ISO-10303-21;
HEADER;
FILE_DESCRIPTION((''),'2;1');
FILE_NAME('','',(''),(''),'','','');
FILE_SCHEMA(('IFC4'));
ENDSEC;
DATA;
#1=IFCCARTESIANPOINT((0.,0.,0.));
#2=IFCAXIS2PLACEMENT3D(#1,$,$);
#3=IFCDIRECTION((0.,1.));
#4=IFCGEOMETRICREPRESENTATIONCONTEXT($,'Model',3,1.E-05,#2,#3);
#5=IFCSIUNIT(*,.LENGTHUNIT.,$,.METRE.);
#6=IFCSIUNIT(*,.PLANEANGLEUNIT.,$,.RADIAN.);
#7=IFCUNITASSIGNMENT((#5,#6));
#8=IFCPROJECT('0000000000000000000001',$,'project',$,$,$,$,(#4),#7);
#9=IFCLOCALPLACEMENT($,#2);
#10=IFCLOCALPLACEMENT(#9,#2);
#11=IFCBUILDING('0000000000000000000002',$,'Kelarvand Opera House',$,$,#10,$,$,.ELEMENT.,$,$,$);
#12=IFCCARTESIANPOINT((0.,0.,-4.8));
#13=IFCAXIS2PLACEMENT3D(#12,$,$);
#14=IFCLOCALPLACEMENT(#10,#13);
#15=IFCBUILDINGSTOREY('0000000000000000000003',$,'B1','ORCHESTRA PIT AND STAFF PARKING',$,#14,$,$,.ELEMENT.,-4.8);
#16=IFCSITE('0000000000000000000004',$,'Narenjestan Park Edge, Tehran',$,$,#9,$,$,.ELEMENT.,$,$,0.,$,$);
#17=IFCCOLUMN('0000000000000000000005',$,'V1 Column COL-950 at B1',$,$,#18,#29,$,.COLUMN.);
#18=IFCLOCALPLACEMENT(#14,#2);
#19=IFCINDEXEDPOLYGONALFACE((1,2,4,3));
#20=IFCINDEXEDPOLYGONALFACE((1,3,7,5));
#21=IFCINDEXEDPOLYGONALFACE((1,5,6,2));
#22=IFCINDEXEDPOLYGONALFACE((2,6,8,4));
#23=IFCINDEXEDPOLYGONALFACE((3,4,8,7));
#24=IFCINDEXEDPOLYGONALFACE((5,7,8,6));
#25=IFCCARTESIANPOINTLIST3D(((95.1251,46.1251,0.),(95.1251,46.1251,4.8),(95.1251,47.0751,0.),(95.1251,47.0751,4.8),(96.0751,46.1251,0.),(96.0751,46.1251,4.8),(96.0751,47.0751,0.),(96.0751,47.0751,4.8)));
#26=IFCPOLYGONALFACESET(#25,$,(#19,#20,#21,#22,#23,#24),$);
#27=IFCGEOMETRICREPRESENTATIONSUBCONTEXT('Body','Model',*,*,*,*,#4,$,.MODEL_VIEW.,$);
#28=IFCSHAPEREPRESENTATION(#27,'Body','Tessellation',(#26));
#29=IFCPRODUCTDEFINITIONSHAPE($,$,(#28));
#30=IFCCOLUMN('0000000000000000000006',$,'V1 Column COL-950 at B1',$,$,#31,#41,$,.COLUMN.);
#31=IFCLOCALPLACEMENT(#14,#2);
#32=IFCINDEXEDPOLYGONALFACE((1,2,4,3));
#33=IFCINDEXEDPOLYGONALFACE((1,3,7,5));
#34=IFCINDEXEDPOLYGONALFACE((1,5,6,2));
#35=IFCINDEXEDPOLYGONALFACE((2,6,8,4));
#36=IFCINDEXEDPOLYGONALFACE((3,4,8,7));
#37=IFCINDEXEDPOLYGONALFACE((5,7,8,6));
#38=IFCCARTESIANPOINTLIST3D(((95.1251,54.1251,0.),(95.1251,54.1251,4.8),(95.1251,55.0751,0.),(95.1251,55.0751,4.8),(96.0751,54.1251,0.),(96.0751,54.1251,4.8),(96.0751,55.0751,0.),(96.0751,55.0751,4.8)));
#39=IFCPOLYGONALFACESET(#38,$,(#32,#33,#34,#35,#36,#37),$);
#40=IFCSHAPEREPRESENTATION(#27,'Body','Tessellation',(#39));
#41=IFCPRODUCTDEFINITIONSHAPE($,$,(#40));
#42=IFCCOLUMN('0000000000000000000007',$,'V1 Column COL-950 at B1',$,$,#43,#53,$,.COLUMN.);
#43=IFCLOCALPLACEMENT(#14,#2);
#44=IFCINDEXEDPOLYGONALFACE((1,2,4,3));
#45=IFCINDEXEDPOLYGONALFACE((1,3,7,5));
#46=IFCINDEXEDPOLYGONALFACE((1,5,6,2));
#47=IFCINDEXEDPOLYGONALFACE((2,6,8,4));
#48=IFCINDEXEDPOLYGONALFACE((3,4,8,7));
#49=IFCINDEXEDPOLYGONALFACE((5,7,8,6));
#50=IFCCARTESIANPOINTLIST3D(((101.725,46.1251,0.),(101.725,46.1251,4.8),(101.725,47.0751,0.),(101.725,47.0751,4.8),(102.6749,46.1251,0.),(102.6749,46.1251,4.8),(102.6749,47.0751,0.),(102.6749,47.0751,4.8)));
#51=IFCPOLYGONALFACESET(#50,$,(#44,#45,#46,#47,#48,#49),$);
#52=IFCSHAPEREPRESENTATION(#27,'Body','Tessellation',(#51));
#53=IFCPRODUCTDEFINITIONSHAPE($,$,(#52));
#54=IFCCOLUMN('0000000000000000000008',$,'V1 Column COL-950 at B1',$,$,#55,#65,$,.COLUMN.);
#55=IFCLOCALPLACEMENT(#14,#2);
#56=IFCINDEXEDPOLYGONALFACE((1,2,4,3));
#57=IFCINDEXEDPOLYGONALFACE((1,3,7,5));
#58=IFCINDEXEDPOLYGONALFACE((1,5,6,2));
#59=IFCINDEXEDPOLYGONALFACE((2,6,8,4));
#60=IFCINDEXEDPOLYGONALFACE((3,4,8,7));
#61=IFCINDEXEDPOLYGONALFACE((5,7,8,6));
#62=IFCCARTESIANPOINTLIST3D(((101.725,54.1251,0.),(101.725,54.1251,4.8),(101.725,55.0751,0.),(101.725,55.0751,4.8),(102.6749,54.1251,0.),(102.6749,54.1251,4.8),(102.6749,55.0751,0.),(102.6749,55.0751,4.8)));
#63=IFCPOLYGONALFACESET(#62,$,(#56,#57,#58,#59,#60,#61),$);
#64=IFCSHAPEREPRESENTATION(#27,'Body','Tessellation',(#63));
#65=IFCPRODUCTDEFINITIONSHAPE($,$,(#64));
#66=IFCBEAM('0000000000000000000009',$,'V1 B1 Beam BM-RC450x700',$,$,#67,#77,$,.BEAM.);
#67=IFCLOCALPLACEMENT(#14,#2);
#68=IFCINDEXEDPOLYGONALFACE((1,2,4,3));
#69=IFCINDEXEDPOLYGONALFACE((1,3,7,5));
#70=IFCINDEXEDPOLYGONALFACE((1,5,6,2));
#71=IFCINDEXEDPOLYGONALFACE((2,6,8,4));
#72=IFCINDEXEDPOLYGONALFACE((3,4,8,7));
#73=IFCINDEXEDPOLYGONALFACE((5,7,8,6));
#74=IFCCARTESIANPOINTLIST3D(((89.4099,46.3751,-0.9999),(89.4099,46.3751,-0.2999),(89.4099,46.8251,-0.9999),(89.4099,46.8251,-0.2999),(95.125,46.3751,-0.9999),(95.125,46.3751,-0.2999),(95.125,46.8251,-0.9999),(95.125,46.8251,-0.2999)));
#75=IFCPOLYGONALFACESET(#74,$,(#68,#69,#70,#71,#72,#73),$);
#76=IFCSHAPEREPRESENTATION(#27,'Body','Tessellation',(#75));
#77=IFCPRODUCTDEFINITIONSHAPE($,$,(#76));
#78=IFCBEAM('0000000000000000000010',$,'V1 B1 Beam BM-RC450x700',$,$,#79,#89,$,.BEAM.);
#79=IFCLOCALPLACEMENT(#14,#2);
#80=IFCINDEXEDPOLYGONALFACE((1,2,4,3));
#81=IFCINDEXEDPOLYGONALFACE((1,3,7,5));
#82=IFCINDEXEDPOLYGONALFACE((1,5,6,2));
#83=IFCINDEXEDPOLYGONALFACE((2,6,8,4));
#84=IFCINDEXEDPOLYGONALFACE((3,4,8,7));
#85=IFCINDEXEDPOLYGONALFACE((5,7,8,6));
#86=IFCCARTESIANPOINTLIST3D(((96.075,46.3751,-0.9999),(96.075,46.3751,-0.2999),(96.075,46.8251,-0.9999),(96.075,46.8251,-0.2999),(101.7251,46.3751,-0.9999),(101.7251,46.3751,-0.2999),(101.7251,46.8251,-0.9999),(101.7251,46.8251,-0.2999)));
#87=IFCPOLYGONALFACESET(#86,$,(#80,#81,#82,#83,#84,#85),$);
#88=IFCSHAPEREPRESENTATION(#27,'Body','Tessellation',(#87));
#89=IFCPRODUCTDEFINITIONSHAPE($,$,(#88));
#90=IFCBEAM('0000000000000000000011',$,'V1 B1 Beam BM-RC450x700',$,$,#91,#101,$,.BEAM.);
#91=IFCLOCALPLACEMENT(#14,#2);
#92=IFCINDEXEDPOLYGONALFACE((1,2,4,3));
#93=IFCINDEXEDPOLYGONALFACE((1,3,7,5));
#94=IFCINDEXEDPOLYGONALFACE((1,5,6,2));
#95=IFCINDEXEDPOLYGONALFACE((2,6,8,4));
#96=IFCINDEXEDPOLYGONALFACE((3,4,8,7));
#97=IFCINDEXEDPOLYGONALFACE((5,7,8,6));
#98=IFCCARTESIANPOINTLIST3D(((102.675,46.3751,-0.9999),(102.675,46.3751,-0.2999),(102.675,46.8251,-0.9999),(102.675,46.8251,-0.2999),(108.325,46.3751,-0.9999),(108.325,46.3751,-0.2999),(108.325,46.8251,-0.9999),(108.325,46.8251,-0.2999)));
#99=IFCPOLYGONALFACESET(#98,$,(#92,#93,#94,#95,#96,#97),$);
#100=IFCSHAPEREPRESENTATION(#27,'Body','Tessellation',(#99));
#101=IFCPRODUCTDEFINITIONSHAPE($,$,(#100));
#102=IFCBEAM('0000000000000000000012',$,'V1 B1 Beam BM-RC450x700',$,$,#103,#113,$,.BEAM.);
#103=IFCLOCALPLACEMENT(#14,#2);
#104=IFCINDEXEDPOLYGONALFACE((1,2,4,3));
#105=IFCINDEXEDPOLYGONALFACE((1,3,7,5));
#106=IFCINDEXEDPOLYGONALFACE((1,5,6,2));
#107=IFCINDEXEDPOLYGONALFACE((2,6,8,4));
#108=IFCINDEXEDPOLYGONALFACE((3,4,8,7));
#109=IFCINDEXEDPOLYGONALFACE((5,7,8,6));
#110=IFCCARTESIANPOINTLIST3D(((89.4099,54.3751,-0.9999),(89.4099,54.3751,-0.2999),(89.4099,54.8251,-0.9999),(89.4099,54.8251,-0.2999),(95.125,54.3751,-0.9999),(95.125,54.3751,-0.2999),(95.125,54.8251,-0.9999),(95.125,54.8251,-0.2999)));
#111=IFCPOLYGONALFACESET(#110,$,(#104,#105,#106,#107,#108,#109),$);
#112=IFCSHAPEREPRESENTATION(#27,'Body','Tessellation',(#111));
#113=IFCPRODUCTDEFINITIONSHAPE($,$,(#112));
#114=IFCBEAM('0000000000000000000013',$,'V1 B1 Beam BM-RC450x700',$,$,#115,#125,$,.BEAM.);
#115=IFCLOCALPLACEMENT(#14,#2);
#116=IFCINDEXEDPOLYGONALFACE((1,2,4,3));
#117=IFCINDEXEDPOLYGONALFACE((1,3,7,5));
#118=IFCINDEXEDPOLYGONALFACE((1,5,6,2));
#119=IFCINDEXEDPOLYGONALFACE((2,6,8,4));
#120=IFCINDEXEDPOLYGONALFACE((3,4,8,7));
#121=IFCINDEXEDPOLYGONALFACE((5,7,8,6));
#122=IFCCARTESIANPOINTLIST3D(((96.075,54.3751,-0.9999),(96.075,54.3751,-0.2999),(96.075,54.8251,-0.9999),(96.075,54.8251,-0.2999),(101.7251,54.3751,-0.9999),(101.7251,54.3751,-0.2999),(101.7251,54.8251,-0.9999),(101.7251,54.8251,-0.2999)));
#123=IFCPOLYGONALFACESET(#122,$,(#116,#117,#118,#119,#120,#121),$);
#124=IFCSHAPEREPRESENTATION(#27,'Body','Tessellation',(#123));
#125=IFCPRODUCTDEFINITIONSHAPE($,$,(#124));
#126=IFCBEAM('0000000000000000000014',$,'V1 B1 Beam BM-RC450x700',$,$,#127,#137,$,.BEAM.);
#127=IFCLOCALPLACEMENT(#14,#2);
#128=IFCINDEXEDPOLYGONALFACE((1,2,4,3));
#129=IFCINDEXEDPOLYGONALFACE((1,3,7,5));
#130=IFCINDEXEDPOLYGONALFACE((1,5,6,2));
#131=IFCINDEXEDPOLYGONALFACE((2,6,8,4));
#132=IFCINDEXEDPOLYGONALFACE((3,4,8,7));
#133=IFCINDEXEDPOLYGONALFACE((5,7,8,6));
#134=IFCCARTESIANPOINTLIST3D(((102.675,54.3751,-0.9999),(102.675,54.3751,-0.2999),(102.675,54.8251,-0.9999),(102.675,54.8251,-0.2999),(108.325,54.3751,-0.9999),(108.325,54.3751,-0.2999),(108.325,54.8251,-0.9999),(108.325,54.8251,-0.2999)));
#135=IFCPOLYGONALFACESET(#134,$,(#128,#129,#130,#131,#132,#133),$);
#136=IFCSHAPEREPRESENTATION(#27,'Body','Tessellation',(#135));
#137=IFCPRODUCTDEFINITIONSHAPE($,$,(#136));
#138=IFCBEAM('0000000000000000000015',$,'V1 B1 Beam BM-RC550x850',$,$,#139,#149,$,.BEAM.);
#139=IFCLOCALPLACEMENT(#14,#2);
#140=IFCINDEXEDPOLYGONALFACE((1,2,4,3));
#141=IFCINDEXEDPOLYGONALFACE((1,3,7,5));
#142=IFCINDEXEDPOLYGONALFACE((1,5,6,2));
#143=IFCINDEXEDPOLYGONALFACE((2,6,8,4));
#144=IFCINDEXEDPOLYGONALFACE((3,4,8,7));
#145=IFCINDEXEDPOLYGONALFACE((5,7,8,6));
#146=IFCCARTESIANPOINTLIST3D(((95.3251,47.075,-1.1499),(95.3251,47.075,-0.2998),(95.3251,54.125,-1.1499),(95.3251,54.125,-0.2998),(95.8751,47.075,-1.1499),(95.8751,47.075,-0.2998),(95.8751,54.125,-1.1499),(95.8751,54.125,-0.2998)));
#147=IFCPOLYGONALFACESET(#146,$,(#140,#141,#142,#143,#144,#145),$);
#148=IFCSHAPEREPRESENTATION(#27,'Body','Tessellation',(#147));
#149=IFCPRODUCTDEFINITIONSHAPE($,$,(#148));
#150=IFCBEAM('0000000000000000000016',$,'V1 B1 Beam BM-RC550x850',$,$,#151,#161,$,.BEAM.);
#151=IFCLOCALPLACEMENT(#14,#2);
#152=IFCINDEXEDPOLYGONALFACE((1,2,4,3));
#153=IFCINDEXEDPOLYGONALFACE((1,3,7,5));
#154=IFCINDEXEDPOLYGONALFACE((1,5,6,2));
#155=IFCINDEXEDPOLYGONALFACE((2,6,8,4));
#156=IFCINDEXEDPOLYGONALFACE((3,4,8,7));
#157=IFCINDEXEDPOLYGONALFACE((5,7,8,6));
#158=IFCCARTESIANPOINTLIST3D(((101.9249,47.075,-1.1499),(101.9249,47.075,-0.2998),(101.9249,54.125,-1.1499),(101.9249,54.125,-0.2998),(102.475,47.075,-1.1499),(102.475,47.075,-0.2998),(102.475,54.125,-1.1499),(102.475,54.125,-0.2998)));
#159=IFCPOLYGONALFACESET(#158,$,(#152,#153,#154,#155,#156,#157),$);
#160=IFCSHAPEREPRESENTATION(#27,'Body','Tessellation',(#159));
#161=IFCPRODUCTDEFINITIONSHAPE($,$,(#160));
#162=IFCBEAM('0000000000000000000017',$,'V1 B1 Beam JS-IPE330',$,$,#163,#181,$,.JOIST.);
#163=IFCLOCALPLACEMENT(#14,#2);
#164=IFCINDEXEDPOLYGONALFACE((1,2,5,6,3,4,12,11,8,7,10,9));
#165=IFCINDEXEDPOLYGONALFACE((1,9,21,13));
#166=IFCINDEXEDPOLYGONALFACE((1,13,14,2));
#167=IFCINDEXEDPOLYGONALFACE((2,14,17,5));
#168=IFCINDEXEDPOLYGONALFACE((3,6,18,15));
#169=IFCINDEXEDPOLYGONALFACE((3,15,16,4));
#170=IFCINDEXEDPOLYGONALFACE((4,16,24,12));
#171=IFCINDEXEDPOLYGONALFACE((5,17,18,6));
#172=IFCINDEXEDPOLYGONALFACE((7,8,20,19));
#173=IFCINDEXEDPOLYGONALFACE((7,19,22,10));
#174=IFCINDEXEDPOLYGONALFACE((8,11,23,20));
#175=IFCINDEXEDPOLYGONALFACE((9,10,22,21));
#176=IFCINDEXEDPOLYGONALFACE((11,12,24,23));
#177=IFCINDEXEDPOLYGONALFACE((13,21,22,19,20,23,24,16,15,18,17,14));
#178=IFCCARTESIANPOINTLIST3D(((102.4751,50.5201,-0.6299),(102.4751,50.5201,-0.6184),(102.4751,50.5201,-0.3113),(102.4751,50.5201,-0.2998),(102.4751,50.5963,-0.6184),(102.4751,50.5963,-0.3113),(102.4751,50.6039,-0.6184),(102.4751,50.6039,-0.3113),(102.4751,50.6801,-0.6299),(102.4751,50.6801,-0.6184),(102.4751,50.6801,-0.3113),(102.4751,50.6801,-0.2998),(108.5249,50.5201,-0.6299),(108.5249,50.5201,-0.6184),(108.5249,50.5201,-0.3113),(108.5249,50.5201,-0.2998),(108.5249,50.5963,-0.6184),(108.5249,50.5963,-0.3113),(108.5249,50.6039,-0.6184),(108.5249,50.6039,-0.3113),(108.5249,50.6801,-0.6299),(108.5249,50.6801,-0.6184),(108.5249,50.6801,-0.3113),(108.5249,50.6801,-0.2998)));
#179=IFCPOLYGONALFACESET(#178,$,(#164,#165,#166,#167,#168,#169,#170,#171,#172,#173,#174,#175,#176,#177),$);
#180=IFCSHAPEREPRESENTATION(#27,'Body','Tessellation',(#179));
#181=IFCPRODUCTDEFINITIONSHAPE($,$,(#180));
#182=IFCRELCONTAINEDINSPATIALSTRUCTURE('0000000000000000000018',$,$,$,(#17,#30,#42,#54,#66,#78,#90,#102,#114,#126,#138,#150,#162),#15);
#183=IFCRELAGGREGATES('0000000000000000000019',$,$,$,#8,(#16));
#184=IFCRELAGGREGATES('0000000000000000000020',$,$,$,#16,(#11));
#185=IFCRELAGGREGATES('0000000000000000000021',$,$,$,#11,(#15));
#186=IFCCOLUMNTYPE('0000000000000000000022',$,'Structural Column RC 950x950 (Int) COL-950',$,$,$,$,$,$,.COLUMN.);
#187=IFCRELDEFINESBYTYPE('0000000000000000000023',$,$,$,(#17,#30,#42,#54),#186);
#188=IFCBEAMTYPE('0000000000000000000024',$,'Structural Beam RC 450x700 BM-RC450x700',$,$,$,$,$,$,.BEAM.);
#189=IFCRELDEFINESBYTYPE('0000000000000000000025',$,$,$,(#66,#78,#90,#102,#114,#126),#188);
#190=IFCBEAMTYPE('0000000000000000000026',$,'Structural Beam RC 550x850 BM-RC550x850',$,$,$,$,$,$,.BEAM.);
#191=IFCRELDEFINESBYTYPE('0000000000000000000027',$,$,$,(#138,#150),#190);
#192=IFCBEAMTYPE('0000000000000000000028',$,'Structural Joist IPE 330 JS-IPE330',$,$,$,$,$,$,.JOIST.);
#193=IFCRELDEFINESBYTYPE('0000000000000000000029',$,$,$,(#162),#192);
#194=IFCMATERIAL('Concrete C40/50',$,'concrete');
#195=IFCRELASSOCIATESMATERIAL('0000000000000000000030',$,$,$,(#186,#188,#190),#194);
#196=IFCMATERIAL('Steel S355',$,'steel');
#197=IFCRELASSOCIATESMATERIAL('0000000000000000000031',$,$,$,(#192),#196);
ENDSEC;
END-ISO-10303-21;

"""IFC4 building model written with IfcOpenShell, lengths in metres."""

from ifc_helpers import new_model, si_unit, direction, frame, origin, origin_2d, place, context, subcontext, project, spatial, rectangle, i_section, extrude, material, material_profile, profile_set, type_object, element, save


model = new_model("IFC4")

# Units and contexts
model_context = context("Model", 3, precision=1e-05, world=origin(), true_north=direction((0.0, 1.0)))
body_context = subcontext(model_context, "Body", "Model", "MODEL_VIEW")
ifc_project = project(units=[si_unit("LENGTHUNIT", "METRE"), si_unit("PLANEANGLEUNIT", "RADIAN")], contexts=[model_context])

# Site, building, storey
site_placement = place(None, origin())
site = spatial("IfcSite", under=ifc_project, at=site_placement, Name="Narenjestan Park Edge, Tehran", CompositionType="ELEMENT", RefElevation=0.0)
building_placement = place(site_placement, origin())
building = spatial("IfcBuilding", under=site, at=building_placement, Name="Kelarvand Opera House", CompositionType="ELEMENT")
storey_placement = place(building_placement, frame((0.0, 0.0, -4.8)))
storey = spatial("IfcBuildingStorey", under=building, at=storey_placement, Name="B1", Description="ORCHESTRA PIT AND STAFF PARKING", CompositionType="ELEMENT", Elevation=-4.8)

# Columns
ifc_material_1 = material(Name="Concrete C40/50", Category="concrete")
ifc_material_profile_1 = material_profile(ifc_material_1, rectangle(XDim=0.95, YDim=0.95, at=origin_2d()), Name="RC 950x950", Category="concrete")
ifc_profile_set_1 = profile_set([ifc_material_profile_1], Name="Concrete C40/50")
column_type = type_object("IfcColumnType", Name="Structural Column RC 950x950 (Int) COL-950", PredefinedType="COLUMN", material=ifc_profile_set_1)
for number, where, z_axis, x_axis, name in (
    (1, (95.6001, 46.6001, 0.0), (0.0, 0.0, 1.0), (1.0, 0.0, 0.0), "V1 Column COL-950 at B1"),
    (2, (95.6001, 54.6001, 0.0), (0.0, 0.0, 1.0), (1.0, 0.0, 0.0), "V1 Column COL-950 at B1"),
    (3, (102.2, 46.6001, 0.0), (0.0, 0.0, 1.0), (1.0, 0.0, 0.0), "V1 Column COL-950 at B1"),
    (4, (102.2, 54.6001, 0.0), (0.0, 0.0, 1.0), (1.0, 0.0, 0.0), "V1 Column COL-950 at B1"),
):
    element("IfcColumn", number, at=place(storey_placement, frame(where, z_axis=z_axis, x_axis=x_axis)), inside=storey, type_object=column_type, Name=name, PredefinedType="COLUMN", context=body_context, shape_type="SweptSolid", body=[
        extrude(rectangle(XDim=0.95, YDim=0.95, at=origin_2d()), origin(), (0.0, 0.0, 1.0), 4.8),
    ])

# Beams
ifc_material_profile_2 = material_profile(ifc_material_1, rectangle(XDim=0.45, YDim=0.7, at=origin_2d()), Name="RC 450x700", Category="concrete")
ifc_profile_set_2 = profile_set([ifc_material_profile_2], Name="Concrete C40/50")
beam_type_1 = type_object("IfcBeamType", Name="Structural Beam RC 450x700 BM-RC450x700", PredefinedType="BEAM", material=ifc_profile_set_2)
beam_1_placement = place(storey_placement, frame((89.4099, 46.6001, -0.6499), z_axis=(1.0, 0.0, 0.0), x_axis=(0.0, 1.0, 0.0)))
element("IfcBeam", 5, at=beam_1_placement, inside=storey, type_object=beam_type_1, Name="V1 B1 Beam BM-RC450x700", PredefinedType="BEAM", context=body_context, shape_type="SweptSolid", body=[
    extrude(rectangle(XDim=0.45, YDim=0.7, at=origin_2d()), origin(), (0.0, 0.0, 1.0), 5.7151),
])
beam_2_placement = place(storey_placement, frame((96.075, 46.6001, -0.6499), z_axis=(1.0, 0.0, 0.0), x_axis=(0.0, 1.0, 0.0)))
element("IfcBeam", 6, at=beam_2_placement, inside=storey, type_object=beam_type_1, Name="V1 B1 Beam BM-RC450x700", PredefinedType="BEAM", context=body_context, shape_type="SweptSolid", body=[
    extrude(rectangle(XDim=0.45, YDim=0.7, at=origin_2d()), origin(), (0.0, 0.0, 1.0), 5.6501),
])
beam_3_placement = place(storey_placement, frame((102.675, 46.6001, -0.6499), z_axis=(1.0, 0.0, 0.0), x_axis=(0.0, 1.0, 0.0)))
element("IfcBeam", 7, at=beam_3_placement, inside=storey, type_object=beam_type_1, Name="V1 B1 Beam BM-RC450x700", PredefinedType="BEAM", context=body_context, shape_type="SweptSolid", body=[
    extrude(rectangle(XDim=0.45, YDim=0.7, at=origin_2d()), origin(), (0.0, 0.0, 1.0), 5.6499),
])
beam_4_placement = place(storey_placement, frame((89.4099, 54.6001, -0.6499), z_axis=(1.0, 0.0, 0.0), x_axis=(0.0, 1.0, 0.0)))
element("IfcBeam", 8, at=beam_4_placement, inside=storey, type_object=beam_type_1, Name="V1 B1 Beam BM-RC450x700", PredefinedType="BEAM", context=body_context, shape_type="SweptSolid", body=[
    extrude(rectangle(XDim=0.45, YDim=0.7, at=origin_2d()), origin(), (0.0, 0.0, 1.0), 5.7151),
])
beam_5_placement = place(storey_placement, frame((96.075, 54.6001, -0.6499), z_axis=(1.0, 0.0, 0.0), x_axis=(0.0, 1.0, 0.0)))
element("IfcBeam", 9, at=beam_5_placement, inside=storey, type_object=beam_type_1, Name="V1 B1 Beam BM-RC450x700", PredefinedType="BEAM", context=body_context, shape_type="SweptSolid", body=[
    extrude(rectangle(XDim=0.45, YDim=0.7, at=origin_2d()), origin(), (0.0, 0.0, 1.0), 5.6501),
])
beam_6_placement = place(storey_placement, frame((102.675, 54.6001, -0.6499), z_axis=(1.0, 0.0, 0.0), x_axis=(0.0, 1.0, 0.0)))
element("IfcBeam", 10, at=beam_6_placement, inside=storey, type_object=beam_type_1, Name="V1 B1 Beam BM-RC450x700", PredefinedType="BEAM", context=body_context, shape_type="SweptSolid", body=[
    extrude(rectangle(XDim=0.45, YDim=0.7, at=origin_2d()), origin(), (0.0, 0.0, 1.0), 5.6499),
])
ifc_material_profile_3 = material_profile(ifc_material_1, rectangle(XDim=0.55, YDim=0.8501, at=origin_2d()), Name="RC 550x850", Category="concrete")
ifc_profile_set_3 = profile_set([ifc_material_profile_3], Name="Concrete C40/50")
beam_type_2 = type_object("IfcBeamType", Name="Structural Beam RC 550x850 BM-RC550x850", PredefinedType="BEAM", material=ifc_profile_set_3)
for number, where, z_axis, x_axis, name in (
    (11, (95.6001, 47.075, -0.7249), (0.0, 1.0, 0.0), (-1.0, 0.0, 0.0), "V1 B1 Beam BM-RC550x850"),
    (12, (102.2, 47.075, -0.7249), (0.0, 1.0, 0.0), (-1.0, 0.0, 0.0), "V1 B1 Beam BM-RC550x850"),
):
    element("IfcBeam", number, at=place(storey_placement, frame(where, z_axis=z_axis, x_axis=x_axis)), inside=storey, type_object=beam_type_2, Name=name, PredefinedType="BEAM", context=body_context, shape_type="SweptSolid", body=[
        extrude(rectangle(XDim=0.55, YDim=0.8501, at=origin_2d()), origin(), (0.0, 0.0, 1.0), 7.05),
    ])
ifc_material_2 = material(Name="Steel S355", Category="steel")
ifc_material_profile_4 = material_profile(ifc_material_2, i_section(OverallWidth=0.1599, OverallDepth=0.3301, WebThickness=0.0076, FlangeThickness=0.0115, at=origin_2d()), Name="IPE 330", Category="steel")
ifc_profile_set_4 = profile_set([ifc_material_profile_4], Name="Steel S355")
beam_type_3 = type_object("IfcBeamType", Name="Structural Joist IPE 330 JS-IPE330", PredefinedType="JOIST", material=ifc_profile_set_4)
beam_7_placement = place(storey_placement, frame((102.4751, 50.6001, -0.4648), z_axis=(1.0, 0.0, 0.0), x_axis=(0.0, 1.0, 0.0)))
element("IfcBeam", 13, at=beam_7_placement, inside=storey, type_object=beam_type_3, Name="V1 B1 Beam JS-IPE330", PredefinedType="JOIST", context=body_context, shape_type="SweptSolid", body=[
    extrude(i_section(OverallWidth=0.1599, OverallDepth=0.3301, WebThickness=0.0076, FlangeThickness=0.0115, at=origin_2d()), origin(), (0.0, 0.0, 1.0), 6.0498),
])

save(model, "model.ifc")
